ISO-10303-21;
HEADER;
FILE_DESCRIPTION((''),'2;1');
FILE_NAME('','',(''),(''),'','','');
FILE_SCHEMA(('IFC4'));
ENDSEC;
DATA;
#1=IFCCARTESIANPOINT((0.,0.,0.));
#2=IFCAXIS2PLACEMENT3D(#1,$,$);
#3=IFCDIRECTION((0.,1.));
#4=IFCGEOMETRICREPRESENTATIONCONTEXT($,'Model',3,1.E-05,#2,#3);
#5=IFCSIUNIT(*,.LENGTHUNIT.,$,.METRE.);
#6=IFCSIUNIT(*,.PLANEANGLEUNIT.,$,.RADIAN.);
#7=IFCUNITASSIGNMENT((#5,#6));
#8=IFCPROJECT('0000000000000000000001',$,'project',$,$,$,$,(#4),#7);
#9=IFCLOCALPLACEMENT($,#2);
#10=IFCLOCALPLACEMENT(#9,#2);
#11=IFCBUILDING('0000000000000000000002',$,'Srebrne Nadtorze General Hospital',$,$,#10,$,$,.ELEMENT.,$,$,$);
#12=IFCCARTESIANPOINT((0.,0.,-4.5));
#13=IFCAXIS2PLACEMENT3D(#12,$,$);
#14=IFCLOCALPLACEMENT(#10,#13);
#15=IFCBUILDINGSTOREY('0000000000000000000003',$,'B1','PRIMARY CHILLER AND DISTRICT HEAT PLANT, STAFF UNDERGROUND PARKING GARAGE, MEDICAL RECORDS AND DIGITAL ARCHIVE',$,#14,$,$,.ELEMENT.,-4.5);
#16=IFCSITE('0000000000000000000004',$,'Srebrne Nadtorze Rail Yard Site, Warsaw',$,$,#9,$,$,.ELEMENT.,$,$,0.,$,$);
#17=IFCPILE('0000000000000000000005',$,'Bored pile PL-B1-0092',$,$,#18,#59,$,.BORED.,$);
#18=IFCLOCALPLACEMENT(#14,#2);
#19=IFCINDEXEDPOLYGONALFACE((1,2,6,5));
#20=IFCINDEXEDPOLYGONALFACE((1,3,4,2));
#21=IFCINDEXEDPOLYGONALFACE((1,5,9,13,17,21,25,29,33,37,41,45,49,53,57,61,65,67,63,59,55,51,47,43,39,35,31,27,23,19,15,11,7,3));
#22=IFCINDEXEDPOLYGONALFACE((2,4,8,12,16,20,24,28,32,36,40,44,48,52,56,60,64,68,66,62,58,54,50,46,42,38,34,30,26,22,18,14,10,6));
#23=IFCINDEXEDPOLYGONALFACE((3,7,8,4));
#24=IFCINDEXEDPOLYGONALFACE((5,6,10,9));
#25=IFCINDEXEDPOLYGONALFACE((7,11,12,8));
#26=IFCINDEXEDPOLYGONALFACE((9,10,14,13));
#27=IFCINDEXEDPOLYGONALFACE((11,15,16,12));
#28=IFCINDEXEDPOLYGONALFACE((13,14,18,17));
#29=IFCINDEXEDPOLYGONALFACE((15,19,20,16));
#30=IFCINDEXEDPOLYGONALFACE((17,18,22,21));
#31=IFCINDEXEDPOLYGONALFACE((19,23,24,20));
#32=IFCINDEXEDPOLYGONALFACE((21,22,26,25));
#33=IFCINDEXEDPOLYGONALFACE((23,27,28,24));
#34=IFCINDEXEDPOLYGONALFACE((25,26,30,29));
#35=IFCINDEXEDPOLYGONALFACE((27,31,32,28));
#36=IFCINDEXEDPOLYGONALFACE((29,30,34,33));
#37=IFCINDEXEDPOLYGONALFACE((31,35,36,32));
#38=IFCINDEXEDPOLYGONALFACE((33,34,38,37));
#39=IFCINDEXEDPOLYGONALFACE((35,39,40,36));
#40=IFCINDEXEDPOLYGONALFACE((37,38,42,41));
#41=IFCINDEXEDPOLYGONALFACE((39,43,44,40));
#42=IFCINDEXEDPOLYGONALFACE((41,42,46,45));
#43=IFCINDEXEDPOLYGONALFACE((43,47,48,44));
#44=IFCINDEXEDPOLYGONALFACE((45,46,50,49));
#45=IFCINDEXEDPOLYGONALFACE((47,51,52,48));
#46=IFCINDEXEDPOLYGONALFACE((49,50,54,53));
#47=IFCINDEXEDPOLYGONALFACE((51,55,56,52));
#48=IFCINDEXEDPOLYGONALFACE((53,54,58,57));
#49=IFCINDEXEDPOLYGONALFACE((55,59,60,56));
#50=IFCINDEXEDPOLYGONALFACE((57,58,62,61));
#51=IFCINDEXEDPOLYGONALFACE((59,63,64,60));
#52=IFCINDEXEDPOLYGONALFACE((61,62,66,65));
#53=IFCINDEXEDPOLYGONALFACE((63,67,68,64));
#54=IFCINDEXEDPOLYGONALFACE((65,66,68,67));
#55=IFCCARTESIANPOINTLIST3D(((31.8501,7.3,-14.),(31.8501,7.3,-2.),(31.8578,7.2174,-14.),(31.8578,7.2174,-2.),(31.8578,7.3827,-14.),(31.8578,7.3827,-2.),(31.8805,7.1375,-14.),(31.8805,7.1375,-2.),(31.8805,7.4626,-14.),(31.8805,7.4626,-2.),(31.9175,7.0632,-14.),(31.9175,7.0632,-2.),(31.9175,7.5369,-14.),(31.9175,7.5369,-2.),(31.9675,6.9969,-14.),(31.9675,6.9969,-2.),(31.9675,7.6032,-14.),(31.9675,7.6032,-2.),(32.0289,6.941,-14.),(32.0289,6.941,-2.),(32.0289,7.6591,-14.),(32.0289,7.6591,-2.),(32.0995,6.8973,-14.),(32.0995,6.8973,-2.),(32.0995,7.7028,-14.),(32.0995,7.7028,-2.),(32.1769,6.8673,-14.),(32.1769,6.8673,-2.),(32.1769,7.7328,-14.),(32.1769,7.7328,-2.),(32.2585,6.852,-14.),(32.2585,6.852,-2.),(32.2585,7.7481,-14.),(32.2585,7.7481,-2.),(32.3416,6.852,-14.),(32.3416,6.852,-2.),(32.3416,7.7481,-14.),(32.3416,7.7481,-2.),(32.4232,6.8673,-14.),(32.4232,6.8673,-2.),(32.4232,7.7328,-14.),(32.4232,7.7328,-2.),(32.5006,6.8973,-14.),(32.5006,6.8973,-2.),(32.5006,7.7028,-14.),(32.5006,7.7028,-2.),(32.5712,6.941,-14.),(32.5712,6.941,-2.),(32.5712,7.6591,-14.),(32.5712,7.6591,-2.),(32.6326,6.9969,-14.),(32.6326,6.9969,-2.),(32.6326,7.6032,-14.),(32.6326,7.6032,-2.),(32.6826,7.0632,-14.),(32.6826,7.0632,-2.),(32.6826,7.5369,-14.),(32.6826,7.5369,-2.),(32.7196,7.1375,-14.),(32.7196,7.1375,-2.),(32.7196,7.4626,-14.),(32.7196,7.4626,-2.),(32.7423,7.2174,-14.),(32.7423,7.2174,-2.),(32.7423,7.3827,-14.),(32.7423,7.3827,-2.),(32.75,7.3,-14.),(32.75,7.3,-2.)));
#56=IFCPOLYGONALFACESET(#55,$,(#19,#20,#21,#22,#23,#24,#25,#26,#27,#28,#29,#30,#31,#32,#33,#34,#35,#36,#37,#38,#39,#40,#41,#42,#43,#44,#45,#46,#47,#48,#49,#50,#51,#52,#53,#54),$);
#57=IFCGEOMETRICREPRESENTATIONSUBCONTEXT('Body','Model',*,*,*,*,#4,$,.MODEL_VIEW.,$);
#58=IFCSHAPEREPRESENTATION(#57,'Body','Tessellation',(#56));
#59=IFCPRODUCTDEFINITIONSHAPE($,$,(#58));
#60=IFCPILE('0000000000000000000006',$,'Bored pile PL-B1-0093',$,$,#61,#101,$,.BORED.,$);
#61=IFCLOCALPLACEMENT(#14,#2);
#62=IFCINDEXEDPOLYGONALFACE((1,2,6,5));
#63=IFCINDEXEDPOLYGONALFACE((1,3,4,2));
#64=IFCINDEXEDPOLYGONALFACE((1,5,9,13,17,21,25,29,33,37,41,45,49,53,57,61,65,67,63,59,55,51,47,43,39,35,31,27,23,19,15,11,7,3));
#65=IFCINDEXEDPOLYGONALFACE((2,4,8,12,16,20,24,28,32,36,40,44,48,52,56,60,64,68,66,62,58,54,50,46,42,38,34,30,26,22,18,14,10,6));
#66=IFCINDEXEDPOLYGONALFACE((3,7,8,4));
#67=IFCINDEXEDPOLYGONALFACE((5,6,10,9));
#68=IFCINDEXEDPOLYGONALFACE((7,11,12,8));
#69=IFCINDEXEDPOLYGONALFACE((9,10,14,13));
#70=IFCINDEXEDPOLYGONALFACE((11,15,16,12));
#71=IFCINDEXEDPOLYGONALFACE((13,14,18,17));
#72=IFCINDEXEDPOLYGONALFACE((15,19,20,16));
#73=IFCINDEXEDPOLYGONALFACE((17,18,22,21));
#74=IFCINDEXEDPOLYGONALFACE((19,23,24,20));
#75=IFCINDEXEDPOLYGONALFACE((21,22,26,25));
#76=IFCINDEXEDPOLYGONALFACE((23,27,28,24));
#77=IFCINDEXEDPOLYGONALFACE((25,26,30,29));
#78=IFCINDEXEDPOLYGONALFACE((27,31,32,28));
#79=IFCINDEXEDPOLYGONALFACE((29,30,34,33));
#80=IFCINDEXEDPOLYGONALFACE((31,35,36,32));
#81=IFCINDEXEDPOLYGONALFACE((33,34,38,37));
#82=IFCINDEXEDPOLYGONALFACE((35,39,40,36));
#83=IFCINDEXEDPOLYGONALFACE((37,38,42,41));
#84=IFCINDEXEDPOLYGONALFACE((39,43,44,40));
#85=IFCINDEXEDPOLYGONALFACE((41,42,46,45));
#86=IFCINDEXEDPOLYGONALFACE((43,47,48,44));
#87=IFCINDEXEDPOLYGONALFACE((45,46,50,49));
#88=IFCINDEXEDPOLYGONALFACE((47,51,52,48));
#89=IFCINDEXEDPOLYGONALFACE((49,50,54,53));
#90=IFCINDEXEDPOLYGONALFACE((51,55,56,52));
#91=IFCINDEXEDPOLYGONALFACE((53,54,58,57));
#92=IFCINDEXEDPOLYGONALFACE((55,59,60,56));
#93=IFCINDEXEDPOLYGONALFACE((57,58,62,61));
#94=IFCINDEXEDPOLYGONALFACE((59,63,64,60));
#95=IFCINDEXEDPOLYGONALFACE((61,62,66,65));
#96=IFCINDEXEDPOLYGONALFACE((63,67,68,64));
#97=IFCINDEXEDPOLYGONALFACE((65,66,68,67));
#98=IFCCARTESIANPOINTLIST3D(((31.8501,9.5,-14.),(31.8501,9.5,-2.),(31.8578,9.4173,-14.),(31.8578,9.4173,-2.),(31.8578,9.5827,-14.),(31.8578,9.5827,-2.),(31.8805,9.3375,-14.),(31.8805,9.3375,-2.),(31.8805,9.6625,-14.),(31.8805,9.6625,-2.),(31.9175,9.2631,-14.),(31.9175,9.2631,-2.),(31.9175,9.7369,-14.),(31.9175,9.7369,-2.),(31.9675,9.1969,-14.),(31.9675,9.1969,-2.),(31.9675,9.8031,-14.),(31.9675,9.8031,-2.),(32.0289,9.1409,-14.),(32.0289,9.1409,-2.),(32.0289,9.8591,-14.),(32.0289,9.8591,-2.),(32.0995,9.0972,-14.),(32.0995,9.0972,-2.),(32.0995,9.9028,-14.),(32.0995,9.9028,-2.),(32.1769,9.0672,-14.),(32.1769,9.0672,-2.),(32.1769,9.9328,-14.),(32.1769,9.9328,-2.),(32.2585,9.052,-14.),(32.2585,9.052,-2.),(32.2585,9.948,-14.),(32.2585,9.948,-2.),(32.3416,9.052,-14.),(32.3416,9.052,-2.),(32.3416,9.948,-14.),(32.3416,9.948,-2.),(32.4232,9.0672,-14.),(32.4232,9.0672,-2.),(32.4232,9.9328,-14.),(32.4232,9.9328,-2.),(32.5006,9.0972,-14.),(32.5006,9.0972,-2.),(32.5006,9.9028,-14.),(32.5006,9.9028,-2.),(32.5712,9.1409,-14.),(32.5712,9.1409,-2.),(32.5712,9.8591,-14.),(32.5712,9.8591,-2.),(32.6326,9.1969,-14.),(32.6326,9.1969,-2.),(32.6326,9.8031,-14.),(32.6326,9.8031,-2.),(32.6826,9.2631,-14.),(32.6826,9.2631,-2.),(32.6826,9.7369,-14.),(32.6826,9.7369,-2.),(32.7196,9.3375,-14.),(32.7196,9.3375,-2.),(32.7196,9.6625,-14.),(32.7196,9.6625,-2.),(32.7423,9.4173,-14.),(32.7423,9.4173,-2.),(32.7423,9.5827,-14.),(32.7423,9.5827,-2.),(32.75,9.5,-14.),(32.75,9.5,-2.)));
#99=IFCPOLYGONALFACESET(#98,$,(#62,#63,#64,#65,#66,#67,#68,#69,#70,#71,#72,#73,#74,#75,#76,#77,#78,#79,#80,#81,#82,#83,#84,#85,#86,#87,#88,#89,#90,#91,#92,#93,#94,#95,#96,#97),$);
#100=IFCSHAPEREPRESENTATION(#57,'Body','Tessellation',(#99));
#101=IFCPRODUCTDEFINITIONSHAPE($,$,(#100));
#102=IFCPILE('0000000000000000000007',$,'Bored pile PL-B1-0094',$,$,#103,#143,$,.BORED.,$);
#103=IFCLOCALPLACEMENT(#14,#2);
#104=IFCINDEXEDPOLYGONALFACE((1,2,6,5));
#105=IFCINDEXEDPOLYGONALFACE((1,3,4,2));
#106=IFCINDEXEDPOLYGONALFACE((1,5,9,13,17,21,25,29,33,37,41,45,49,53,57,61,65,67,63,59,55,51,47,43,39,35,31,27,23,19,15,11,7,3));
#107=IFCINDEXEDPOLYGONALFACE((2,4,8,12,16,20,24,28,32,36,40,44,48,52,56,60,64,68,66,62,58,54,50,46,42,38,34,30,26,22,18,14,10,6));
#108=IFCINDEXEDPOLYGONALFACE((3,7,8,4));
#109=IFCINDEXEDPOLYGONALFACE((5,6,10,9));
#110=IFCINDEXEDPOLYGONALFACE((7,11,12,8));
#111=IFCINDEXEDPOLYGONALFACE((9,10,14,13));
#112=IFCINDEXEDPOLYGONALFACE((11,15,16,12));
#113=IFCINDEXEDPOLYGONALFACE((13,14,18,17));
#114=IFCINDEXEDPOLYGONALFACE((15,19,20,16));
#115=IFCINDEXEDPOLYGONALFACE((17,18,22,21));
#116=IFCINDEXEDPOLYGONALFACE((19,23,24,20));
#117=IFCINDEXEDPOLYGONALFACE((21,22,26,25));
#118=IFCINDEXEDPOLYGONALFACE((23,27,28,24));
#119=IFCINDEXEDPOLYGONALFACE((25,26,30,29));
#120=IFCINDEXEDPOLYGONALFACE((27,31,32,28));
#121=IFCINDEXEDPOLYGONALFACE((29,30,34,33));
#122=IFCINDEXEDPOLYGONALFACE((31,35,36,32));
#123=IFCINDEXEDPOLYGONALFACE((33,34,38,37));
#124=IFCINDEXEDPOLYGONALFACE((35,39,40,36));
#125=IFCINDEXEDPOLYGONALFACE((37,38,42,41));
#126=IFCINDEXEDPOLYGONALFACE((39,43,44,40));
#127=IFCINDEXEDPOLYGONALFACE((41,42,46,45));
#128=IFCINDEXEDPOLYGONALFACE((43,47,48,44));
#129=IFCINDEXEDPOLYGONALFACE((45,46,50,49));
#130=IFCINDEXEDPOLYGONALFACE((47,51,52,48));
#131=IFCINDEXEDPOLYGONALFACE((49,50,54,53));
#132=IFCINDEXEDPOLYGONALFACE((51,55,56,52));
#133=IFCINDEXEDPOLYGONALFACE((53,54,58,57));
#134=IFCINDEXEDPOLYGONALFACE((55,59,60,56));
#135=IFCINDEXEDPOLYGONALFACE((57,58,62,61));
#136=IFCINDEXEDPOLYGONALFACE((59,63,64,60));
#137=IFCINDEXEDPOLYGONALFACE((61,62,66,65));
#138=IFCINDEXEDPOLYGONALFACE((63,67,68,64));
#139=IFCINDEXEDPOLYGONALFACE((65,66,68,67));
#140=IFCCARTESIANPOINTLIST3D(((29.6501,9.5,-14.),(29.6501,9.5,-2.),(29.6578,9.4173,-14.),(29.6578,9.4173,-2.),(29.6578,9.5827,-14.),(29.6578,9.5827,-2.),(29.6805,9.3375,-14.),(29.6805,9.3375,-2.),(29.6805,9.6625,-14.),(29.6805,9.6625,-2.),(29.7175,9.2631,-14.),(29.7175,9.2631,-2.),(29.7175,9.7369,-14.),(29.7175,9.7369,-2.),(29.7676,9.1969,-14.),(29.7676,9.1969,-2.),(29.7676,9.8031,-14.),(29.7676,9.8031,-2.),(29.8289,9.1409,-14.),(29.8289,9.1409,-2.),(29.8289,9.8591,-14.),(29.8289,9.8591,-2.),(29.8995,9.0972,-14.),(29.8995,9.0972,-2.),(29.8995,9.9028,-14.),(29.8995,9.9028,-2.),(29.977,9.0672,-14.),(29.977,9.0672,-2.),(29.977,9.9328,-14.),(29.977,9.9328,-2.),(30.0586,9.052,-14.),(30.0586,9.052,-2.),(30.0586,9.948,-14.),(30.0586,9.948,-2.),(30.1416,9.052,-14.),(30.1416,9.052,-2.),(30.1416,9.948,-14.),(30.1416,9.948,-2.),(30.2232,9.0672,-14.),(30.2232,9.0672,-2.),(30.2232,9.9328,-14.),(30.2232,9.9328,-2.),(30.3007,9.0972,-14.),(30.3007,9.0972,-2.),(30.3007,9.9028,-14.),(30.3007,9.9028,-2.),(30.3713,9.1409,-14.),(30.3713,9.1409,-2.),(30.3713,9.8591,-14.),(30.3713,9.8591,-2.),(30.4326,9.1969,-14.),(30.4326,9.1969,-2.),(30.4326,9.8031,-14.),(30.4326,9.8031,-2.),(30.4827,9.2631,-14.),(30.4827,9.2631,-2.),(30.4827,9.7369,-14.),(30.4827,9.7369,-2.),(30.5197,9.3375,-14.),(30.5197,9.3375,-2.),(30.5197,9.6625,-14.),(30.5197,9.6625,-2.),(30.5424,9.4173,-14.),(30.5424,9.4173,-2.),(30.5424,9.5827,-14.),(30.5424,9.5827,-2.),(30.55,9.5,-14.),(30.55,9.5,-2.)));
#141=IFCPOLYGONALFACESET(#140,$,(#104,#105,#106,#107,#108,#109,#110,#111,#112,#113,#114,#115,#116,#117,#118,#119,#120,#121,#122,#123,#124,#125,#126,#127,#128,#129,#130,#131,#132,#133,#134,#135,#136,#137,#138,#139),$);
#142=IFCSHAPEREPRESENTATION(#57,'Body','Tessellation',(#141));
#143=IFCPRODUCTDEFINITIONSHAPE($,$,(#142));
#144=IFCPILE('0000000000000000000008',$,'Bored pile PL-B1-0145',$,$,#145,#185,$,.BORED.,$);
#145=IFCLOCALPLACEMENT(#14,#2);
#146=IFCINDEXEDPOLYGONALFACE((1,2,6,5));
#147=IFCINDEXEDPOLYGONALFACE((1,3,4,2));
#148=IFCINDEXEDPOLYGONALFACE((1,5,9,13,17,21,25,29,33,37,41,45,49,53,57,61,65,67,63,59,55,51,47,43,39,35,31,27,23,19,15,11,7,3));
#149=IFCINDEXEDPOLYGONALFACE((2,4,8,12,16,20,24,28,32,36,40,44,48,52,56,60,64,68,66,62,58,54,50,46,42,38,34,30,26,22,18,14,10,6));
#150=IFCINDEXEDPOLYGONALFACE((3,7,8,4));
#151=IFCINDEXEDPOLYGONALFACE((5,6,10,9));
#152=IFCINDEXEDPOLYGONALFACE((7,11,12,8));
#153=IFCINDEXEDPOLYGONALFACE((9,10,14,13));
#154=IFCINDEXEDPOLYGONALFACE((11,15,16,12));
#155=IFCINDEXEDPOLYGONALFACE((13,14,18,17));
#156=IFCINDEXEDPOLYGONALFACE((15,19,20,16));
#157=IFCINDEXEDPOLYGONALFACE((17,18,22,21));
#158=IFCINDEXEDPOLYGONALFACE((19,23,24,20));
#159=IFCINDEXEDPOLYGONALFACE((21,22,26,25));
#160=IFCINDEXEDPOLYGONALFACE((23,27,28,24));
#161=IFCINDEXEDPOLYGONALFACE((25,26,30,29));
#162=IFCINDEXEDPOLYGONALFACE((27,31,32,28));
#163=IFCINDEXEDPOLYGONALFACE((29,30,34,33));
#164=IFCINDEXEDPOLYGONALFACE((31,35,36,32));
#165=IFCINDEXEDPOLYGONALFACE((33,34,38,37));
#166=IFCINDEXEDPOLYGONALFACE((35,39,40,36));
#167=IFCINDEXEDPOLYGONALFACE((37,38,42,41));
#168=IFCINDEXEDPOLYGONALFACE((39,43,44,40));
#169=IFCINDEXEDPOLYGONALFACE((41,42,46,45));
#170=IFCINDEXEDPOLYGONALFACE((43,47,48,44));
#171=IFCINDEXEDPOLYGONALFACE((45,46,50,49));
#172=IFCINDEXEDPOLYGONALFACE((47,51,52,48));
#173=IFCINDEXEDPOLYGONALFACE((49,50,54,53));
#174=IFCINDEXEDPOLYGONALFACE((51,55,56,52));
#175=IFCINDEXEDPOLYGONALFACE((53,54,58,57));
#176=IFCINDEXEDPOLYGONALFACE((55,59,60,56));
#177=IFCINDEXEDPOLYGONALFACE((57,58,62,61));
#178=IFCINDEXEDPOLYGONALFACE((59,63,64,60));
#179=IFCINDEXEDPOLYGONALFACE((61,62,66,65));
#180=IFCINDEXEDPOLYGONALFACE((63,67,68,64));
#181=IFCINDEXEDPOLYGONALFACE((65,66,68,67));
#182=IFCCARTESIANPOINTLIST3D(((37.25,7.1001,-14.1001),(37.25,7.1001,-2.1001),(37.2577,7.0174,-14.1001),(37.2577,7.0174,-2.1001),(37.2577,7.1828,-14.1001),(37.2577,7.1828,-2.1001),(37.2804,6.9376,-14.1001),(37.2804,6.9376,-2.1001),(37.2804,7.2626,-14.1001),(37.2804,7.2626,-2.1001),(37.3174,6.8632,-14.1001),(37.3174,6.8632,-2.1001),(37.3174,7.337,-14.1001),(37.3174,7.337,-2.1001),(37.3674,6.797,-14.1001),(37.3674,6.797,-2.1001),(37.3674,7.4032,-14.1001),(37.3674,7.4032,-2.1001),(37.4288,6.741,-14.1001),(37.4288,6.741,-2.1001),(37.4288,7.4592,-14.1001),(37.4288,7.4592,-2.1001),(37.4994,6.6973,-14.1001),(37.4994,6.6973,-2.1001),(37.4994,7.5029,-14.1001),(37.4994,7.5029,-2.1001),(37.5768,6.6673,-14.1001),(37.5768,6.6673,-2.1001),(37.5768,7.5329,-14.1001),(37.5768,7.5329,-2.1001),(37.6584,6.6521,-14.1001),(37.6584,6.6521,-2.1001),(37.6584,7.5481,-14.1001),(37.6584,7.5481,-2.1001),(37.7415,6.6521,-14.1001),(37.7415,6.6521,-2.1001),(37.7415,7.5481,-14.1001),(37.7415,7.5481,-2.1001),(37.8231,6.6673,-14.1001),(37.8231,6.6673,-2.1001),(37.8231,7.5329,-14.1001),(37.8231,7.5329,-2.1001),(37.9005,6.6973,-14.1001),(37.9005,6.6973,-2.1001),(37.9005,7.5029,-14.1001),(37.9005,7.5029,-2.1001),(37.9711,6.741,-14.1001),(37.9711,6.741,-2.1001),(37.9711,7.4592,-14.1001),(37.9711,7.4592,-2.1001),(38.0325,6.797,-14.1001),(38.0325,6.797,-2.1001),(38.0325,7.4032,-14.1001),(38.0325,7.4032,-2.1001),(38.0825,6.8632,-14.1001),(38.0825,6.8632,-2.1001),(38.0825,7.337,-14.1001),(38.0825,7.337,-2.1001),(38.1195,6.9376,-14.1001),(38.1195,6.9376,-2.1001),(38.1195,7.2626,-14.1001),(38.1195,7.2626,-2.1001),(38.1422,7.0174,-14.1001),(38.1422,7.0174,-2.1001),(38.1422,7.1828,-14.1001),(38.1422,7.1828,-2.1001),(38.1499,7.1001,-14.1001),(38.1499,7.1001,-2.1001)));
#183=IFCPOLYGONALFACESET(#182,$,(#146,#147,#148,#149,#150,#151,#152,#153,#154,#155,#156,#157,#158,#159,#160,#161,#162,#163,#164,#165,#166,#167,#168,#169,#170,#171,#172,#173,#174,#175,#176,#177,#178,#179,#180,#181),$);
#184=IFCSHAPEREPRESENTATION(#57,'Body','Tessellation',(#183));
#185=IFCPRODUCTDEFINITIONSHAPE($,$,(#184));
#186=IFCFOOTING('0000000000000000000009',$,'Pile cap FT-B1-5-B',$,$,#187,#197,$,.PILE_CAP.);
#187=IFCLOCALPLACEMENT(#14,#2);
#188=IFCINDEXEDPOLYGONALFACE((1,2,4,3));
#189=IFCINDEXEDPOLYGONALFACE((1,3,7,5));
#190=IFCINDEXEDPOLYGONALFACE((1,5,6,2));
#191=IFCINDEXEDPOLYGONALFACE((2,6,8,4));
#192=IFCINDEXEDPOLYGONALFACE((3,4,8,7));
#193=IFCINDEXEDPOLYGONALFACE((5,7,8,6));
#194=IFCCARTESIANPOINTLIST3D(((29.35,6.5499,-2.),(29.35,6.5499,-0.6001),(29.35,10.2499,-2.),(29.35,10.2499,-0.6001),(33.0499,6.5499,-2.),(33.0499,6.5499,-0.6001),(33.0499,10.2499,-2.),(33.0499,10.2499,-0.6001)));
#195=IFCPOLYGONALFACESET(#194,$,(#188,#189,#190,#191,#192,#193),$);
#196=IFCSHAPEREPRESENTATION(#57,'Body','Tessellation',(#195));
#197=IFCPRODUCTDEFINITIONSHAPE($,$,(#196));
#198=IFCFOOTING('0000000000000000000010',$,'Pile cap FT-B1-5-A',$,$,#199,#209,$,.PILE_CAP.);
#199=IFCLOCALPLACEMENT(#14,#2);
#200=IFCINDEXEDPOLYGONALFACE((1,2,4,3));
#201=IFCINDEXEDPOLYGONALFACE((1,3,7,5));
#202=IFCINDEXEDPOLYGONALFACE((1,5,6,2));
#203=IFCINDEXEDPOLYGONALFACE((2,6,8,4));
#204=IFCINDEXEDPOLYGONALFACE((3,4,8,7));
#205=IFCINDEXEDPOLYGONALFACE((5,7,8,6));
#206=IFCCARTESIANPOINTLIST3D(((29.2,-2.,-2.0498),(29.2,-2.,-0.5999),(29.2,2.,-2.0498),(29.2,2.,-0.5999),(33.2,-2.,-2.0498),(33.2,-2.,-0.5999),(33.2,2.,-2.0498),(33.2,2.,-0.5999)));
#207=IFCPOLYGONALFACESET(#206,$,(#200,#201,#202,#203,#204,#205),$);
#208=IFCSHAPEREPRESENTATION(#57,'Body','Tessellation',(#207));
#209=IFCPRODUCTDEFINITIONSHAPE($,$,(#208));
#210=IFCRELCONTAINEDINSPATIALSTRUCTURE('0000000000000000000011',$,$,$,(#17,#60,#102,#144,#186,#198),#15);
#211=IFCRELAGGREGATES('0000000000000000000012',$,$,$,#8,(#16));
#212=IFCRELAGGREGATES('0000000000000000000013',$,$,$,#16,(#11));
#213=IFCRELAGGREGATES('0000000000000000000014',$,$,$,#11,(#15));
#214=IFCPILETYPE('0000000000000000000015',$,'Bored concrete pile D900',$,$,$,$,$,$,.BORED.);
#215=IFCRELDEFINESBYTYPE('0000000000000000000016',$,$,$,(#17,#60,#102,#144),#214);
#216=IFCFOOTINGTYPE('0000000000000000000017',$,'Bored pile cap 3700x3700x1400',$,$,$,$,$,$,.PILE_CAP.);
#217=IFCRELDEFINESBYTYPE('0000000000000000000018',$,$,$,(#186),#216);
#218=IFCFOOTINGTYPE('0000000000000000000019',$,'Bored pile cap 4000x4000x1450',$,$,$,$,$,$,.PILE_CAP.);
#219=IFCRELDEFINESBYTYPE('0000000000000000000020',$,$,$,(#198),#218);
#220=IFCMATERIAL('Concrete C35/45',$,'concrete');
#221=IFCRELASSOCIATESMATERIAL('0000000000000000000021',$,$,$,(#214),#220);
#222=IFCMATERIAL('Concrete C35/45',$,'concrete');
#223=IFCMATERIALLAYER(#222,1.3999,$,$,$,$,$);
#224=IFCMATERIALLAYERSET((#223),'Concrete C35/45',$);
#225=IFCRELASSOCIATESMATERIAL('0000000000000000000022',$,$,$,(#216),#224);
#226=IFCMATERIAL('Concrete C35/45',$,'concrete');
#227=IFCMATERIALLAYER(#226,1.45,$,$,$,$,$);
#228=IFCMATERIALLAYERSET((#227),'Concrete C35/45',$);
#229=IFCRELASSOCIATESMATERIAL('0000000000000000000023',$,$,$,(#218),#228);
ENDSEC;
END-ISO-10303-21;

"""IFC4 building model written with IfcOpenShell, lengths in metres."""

from ifc_helpers import new_model, si_unit, direction, frame, origin, origin_2d, place, context, subcontext, project, spatial, rectangle, circle, extrude, material, layer, layer_set, material_profile, profile_set, type_object, element, save


model = new_model("IFC4")

# Units and contexts
model_context = context("Model", 3, precision=1e-05, world=origin(), true_north=direction((0.0, 1.0)))
body_context = subcontext(model_context, "Body", "Model", "MODEL_VIEW")
ifc_project = project(units=[si_unit("LENGTHUNIT", "METRE"), si_unit("PLANEANGLEUNIT", "RADIAN")], contexts=[model_context])

# Site, building, storey
site_placement = place(None, origin())
site = spatial("IfcSite", under=ifc_project, at=site_placement, Name="Srebrne Nadtorze Rail Yard Site, Warsaw", CompositionType="ELEMENT", RefElevation=0.0)
building_placement = place(site_placement, origin())
building = spatial("IfcBuilding", under=site, at=building_placement, Name="Srebrne Nadtorze General Hospital", CompositionType="ELEMENT")
storey_placement = place(building_placement, frame((0.0, 0.0, -4.5)))
storey = spatial("IfcBuildingStorey", under=building, at=storey_placement, Name="B1", Description="PRIMARY CHILLER AND DISTRICT HEAT PLANT, STAFF UNDERGROUND PARKING GARAGE, MEDICAL RECORDS AND DIGITAL ARCHIVE", CompositionType="ELEMENT", Elevation=-4.5)

# Piles
ifc_material_1 = material(Name="Concrete C35/45", Category="concrete")
ifc_material_profile_1 = material_profile(ifc_material_1, circle(Radius=0.45, at=origin_2d()), Name="PILE-D900")
ifc_profile_set_1 = profile_set([ifc_material_profile_1], Name="Concrete C35/45")
pile_type_1 = type_object("IfcPileType", Name="Bored concrete pile D900", PredefinedType="BORED", material=ifc_profile_set_1)
for number, where, z_axis, x_axis, name in (
    (1, (32.3, 7.3, -2.0), (0.0, 0.0, -1.0), (1.0, 0.0, 0.0), "Bored pile PL-B1-0092"),
    (2, (32.3, 9.5, -2.0), (0.0, 0.0, -1.0), (1.0, 0.0, 0.0), "Bored pile PL-B1-0093"),
    (3, (30.1001, 9.5, -2.0), (0.0, 0.0, -1.0), (1.0, 0.0, 0.0), "Bored pile PL-B1-0094"),
    (4, (37.7, 7.1001, -2.1001), (0.0, 0.0, -1.0), (1.0, 0.0, 0.0), "Bored pile PL-B1-0145"),
):
    element("IfcPile", number, at=place(storey_placement, frame(where, z_axis=z_axis, x_axis=x_axis)), inside=storey, type_object=pile_type_1, Name=name, PredefinedType="BORED", context=body_context, shape_type="SweptSolid", body=[
        extrude(circle(Radius=0.45, at=origin_2d()), origin(), (0.0, 0.0, 1.0), 12.0),
    ])

# Footings
ifc_material_2 = material(Name="Concrete C35/45", Category="concrete")
ifc_layer_1 = layer(ifc_material_2, 1.3999)
ifc_layer_set_1 = layer_set([ifc_layer_1], Name="Concrete C35/45")
footing_type_1 = type_object("IfcFootingType", Name="Bored pile cap 3700x3700x1400", PredefinedType="PILE_CAP", material=ifc_layer_set_1)
footing_1_placement = place(storey_placement, frame((31.2, 8.3999, -2.0), z_axis=(0.0, 0.0, 1.0), x_axis=(1.0, 0.0, 0.0)))
element("IfcFooting", 5, at=footing_1_placement, inside=storey, type_object=footing_type_1, Name="Pile cap FT-B1-5-B", PredefinedType="PILE_CAP", context=body_context, shape_type="SweptSolid", body=[
    extrude(rectangle(XDim=3.7, YDim=3.7, at=origin_2d()), origin(), (0.0, 0.0, 1.0), 1.3999),
])
ifc_material_3 = material(Name="Concrete C35/45", Category="concrete")
ifc_layer_2 = layer(ifc_material_3, 1.45)
ifc_layer_set_2 = layer_set([ifc_layer_2], Name="Concrete C35/45")
footing_type_2 = type_object("IfcFootingType", Name="Bored pile cap 4000x4000x1450", PredefinedType="PILE_CAP", material=ifc_layer_set_2)
footing_2_placement = place(storey_placement, frame((31.2, 0.0, -2.0498), z_axis=(0.0, 0.0, 1.0), x_axis=(1.0, 0.0, 0.0)))
element("IfcFooting", 6, at=footing_2_placement, inside=storey, type_object=footing_type_2, Name="Pile cap FT-B1-5-A", PredefinedType="PILE_CAP", context=body_context, shape_type="SweptSolid", body=[
    extrude(rectangle(XDim=4.0, YDim=4.0, at=origin_2d()), origin(), (0.0, 0.0, 1.0), 1.45),
])

save(model, "model.ifc")
